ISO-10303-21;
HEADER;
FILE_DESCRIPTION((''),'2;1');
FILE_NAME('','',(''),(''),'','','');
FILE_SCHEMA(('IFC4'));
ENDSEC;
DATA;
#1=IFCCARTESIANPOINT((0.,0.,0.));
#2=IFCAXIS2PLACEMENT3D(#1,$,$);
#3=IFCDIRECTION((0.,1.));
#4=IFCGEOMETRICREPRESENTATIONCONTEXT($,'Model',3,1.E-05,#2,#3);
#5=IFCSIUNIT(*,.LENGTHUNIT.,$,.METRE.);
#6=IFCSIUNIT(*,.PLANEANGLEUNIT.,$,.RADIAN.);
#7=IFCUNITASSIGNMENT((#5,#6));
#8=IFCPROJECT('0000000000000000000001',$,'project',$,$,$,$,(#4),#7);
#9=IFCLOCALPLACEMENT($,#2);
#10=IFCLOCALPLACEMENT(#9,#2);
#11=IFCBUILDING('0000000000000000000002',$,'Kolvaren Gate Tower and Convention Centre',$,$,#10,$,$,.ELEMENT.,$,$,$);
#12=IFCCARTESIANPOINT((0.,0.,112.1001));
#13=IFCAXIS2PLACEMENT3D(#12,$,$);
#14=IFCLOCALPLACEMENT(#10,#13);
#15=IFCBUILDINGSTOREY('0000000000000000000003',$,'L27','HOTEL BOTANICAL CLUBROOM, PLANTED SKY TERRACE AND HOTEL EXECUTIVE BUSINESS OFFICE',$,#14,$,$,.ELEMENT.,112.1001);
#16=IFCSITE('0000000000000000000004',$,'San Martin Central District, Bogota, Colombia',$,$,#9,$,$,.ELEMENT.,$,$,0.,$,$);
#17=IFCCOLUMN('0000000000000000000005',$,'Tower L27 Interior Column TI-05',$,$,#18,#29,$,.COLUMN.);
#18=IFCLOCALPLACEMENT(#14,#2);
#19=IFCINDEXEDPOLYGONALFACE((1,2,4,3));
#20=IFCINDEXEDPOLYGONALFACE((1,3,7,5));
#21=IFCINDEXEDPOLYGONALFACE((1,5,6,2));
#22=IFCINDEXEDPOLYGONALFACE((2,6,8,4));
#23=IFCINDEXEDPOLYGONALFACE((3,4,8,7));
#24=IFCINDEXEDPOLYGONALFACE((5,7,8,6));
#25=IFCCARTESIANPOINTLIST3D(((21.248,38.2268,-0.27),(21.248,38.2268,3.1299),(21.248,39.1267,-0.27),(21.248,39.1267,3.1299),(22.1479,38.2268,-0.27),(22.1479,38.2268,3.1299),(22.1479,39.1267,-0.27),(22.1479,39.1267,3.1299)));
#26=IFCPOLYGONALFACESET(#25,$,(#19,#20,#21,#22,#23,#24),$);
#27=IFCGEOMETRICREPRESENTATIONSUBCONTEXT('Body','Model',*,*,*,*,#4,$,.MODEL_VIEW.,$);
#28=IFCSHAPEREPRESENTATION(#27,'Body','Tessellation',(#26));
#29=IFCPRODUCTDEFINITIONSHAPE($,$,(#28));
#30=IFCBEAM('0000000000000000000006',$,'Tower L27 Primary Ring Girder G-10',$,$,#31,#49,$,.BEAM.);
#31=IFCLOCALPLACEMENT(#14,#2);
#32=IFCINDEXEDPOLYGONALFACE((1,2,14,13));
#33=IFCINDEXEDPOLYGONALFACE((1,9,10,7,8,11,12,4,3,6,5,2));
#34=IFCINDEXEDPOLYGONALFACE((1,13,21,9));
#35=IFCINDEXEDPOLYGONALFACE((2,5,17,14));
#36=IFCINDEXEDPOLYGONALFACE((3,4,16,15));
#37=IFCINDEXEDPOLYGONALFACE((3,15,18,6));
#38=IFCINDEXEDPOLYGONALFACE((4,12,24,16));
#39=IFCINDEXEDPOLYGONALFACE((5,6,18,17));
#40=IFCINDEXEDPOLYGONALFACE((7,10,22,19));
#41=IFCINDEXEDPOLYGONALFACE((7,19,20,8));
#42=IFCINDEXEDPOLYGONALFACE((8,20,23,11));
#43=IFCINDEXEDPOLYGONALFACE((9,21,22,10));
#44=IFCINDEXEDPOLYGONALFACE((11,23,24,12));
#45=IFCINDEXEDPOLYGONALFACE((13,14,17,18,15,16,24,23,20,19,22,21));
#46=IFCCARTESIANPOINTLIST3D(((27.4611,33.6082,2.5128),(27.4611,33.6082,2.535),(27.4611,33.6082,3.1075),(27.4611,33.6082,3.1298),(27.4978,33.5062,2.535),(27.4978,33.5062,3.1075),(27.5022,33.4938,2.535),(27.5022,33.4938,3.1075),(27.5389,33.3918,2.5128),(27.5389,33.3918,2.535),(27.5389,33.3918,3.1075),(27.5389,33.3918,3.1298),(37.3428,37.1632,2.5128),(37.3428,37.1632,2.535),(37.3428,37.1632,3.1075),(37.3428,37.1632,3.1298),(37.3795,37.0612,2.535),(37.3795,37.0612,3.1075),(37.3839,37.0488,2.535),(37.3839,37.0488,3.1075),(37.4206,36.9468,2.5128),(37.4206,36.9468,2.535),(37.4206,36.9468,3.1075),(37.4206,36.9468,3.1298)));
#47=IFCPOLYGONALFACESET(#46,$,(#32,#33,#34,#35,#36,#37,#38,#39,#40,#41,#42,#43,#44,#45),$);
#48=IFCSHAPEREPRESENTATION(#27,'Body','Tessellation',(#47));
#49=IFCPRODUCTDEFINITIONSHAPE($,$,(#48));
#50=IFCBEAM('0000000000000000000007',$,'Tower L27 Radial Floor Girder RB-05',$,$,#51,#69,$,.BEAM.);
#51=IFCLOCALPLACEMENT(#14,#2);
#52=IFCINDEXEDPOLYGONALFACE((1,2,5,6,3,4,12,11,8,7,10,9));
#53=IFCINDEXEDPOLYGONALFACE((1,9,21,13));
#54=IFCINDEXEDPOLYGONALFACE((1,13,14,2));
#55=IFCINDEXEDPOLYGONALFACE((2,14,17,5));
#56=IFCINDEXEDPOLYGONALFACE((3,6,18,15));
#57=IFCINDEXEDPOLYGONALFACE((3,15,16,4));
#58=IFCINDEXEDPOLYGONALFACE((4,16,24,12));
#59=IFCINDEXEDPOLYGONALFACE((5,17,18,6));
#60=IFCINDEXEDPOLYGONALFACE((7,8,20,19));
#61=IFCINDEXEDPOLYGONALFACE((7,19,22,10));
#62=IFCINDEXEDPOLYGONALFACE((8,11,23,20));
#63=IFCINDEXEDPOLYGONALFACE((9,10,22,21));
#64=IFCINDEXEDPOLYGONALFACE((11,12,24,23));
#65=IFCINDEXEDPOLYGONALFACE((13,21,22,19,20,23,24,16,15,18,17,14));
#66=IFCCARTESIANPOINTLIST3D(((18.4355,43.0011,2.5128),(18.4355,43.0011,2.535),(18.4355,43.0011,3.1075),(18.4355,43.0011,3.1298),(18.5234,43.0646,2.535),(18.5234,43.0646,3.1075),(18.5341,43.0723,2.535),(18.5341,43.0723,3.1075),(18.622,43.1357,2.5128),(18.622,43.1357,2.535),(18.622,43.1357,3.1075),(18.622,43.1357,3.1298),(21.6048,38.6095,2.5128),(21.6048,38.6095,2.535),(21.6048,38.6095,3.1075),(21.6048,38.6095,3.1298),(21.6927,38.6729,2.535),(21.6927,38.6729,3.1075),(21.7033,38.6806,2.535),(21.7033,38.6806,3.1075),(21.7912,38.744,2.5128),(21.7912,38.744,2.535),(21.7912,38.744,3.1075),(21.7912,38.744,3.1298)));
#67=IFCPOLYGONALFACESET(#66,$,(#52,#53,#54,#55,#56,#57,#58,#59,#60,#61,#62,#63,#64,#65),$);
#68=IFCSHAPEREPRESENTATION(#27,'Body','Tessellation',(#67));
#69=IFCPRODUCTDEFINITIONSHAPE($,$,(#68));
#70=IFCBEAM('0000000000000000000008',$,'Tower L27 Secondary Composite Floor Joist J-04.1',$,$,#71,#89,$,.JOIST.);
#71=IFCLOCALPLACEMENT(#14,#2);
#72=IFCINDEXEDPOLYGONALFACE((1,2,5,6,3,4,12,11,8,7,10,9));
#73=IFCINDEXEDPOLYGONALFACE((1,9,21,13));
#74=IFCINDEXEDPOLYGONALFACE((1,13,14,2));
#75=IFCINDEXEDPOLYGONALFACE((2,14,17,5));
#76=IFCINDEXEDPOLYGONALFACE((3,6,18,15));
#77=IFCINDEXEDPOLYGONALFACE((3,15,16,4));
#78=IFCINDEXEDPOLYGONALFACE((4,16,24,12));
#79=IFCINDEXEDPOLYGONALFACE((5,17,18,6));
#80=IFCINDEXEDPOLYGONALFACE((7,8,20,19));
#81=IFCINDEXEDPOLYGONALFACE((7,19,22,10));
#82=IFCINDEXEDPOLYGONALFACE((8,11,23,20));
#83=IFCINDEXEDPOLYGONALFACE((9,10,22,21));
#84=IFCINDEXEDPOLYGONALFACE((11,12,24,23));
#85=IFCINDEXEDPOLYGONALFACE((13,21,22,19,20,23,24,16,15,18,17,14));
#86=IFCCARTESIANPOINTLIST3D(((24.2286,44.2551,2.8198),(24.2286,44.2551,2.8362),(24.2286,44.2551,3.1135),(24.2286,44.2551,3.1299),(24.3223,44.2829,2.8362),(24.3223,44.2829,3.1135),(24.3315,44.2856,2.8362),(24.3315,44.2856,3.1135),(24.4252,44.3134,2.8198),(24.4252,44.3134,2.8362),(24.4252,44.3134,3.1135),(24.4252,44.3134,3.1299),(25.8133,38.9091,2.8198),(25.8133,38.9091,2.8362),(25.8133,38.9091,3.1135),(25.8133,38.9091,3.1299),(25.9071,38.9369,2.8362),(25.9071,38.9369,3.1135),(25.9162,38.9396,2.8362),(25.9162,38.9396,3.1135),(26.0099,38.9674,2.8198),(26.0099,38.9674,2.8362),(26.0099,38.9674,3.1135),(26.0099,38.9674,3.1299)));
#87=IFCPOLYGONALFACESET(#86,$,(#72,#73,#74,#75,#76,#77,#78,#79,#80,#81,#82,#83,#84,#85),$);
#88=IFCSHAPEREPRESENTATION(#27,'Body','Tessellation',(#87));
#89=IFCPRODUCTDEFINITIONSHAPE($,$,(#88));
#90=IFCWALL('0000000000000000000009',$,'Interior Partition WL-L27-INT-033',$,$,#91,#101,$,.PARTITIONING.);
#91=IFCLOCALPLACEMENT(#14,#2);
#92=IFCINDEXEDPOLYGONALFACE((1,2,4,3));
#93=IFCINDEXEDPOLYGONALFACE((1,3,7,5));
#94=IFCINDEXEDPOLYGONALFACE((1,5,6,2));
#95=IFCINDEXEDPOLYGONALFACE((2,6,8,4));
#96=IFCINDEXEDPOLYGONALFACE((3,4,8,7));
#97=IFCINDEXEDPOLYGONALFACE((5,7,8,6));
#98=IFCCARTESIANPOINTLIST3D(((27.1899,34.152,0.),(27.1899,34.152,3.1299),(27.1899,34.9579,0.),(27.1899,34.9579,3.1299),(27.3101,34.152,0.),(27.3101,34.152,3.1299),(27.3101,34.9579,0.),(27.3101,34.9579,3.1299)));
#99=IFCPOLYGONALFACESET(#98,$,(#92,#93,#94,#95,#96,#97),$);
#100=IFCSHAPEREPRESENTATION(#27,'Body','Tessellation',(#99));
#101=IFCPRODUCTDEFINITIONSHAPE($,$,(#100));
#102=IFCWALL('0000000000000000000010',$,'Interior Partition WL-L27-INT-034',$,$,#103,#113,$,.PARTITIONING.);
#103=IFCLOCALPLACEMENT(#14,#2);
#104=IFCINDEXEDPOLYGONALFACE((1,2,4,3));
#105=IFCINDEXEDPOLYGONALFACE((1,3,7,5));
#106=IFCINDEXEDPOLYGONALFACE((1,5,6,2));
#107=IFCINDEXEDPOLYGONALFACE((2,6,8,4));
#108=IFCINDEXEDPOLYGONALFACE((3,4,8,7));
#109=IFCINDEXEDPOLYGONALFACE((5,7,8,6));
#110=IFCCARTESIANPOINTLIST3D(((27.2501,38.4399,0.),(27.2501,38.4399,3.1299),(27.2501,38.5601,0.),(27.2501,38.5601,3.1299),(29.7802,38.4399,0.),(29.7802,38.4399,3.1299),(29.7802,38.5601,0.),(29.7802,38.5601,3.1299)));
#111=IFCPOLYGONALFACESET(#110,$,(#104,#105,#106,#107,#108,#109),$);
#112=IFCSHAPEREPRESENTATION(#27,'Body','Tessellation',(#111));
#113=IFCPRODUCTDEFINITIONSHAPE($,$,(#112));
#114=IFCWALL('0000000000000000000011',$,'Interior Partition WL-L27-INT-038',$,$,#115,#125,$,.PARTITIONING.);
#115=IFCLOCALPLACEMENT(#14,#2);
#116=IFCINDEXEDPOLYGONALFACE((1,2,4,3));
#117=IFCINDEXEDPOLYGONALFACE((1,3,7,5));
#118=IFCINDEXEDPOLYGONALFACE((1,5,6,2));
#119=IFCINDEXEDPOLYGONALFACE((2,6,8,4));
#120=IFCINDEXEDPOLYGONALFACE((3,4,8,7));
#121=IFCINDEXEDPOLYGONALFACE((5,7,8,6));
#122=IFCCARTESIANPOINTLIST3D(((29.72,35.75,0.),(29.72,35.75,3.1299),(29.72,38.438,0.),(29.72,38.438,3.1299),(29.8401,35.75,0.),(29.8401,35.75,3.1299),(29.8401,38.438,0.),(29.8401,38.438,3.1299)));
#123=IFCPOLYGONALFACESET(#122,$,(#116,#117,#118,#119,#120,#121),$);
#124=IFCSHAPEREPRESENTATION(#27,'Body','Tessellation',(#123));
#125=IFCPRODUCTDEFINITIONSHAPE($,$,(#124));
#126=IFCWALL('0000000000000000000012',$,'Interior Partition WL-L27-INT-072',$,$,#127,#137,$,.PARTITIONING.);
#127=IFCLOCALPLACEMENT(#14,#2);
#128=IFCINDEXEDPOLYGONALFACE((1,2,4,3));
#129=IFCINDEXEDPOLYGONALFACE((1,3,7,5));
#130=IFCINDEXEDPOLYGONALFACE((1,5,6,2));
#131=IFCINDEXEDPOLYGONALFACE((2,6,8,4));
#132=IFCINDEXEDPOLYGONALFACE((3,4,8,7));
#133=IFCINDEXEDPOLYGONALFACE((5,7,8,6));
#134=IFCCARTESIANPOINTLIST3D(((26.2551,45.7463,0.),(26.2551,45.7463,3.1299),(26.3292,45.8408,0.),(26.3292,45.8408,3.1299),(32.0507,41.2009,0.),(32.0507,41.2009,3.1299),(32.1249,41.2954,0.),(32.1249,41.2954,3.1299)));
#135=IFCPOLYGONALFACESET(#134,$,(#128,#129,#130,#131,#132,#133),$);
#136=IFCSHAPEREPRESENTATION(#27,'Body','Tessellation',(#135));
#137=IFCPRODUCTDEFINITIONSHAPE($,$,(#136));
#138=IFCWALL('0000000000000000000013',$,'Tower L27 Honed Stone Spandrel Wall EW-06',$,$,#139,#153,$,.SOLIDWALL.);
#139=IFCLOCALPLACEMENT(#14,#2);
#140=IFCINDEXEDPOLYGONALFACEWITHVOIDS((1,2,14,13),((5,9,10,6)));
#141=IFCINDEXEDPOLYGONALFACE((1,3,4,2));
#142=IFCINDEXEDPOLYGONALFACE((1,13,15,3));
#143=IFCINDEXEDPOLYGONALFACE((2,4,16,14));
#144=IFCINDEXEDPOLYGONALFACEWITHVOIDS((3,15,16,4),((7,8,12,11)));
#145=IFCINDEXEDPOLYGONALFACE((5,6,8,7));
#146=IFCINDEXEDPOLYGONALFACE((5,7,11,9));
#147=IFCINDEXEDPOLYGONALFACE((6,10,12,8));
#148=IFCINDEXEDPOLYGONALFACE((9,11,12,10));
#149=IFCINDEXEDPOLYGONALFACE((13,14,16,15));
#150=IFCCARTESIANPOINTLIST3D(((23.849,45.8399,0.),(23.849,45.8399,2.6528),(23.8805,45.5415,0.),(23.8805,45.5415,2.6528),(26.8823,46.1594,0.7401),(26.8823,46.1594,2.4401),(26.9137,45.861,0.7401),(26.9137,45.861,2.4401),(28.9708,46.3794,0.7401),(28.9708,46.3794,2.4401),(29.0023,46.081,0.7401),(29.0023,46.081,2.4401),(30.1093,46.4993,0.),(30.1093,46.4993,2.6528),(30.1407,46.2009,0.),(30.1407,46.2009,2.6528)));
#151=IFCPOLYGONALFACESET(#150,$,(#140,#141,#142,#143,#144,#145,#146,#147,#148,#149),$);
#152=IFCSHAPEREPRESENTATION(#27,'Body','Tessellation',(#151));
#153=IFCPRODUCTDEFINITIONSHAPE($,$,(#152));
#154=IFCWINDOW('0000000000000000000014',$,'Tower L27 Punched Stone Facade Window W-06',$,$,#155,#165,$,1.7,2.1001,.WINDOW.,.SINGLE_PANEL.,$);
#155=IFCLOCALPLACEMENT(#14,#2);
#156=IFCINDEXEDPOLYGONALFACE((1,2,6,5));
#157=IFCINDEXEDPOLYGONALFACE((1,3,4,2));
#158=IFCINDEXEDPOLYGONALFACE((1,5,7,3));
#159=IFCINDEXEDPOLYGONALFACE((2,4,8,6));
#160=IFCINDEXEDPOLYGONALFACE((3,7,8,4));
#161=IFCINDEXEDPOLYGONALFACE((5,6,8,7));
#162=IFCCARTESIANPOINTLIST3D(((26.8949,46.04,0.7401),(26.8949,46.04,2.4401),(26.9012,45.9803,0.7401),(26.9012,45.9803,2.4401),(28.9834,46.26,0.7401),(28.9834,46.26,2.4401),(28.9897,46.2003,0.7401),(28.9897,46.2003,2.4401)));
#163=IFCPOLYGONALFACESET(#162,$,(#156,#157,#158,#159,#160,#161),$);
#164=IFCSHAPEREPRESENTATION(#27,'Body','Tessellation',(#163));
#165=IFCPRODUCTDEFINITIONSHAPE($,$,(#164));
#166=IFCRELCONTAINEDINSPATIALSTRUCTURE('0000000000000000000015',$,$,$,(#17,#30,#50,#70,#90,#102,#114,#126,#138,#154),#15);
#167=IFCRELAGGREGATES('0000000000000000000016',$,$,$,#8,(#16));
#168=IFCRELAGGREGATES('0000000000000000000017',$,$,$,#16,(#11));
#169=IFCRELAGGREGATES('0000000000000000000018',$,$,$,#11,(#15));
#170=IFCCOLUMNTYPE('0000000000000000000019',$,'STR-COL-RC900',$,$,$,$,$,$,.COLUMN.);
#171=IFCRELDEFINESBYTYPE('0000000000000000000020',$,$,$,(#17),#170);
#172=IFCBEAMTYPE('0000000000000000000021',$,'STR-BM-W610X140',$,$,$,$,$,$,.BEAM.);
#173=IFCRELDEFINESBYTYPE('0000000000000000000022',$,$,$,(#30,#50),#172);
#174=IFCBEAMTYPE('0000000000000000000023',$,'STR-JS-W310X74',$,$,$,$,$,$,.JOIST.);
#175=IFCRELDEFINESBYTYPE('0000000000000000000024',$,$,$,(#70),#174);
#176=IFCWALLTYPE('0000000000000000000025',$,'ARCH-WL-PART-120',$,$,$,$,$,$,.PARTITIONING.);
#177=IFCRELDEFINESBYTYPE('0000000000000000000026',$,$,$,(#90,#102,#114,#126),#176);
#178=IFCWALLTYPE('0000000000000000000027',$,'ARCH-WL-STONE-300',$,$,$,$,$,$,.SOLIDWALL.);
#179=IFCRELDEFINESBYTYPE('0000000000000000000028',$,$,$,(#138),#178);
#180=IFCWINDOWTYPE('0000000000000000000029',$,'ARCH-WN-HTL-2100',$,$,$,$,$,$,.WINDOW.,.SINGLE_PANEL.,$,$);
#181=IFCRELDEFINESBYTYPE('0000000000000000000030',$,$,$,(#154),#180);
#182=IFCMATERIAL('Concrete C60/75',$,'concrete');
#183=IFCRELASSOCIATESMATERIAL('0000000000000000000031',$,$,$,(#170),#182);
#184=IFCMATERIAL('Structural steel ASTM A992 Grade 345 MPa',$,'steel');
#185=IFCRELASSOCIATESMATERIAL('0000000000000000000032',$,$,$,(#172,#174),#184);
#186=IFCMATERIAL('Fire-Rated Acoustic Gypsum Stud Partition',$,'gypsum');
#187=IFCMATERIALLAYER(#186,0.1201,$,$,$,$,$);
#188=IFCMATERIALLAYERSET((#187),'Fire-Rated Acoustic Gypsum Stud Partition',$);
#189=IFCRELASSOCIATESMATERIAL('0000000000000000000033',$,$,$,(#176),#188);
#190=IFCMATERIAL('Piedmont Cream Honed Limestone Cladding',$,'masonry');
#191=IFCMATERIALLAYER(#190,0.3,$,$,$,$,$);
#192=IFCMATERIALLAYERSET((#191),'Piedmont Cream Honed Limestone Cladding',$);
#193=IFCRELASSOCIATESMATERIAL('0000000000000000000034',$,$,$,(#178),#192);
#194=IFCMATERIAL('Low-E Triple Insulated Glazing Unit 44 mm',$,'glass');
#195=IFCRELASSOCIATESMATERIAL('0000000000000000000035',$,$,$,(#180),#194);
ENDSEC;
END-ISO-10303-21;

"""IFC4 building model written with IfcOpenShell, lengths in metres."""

from ifc_helpers import new_model, si_unit, direction, frame, frame_2d, origin, origin_2d, place, context, subcontext, project, spatial, rectangle, i_section, extrude, material, layer, layer_set, material_profile, profile_set, type_object, element, fill, save


model = new_model("IFC4")

# Units and contexts
model_context = context("Model", 3, precision=1e-05, world=origin(), true_north=direction((0.0, 1.0)))
body_context = subcontext(model_context, "Body", "Model", "MODEL_VIEW")
ifc_project = project(units=[si_unit("LENGTHUNIT", "METRE"), si_unit("PLANEANGLEUNIT", "RADIAN")], contexts=[model_context])

# Site, building, storey
site_placement = place(None, origin())
site = spatial("IfcSite", under=ifc_project, at=site_placement, Name="San Martin Central District, Bogota, Colombia", CompositionType="ELEMENT", RefElevation=0.0)
building_placement = place(site_placement, origin())
building = spatial("IfcBuilding", under=site, at=building_placement, Name="Kolvaren Gate Tower and Convention Centre", CompositionType="ELEMENT")
storey_placement = place(building_placement, frame((0.0, 0.0, 112.1001)))
storey = spatial("IfcBuildingStorey", under=building, at=storey_placement, Name="L27", Description="HOTEL BOTANICAL CLUBROOM, PLANTED SKY TERRACE AND HOTEL EXECUTIVE BUSINESS OFFICE", CompositionType="ELEMENT", Elevation=112.1001)

# Column
ifc_material_1 = material(Name="Concrete C60/75", Category="concrete")
ifc_material_profile_1 = material_profile(ifc_material_1, rectangle(XDim=0.8999, YDim=0.8999, at=origin_2d()), Name="RC-COL-900X900")
ifc_profile_set_1 = profile_set([ifc_material_profile_1], Name="Concrete C60/75")
column_type = type_object("IfcColumnType", Name="STR-COL-RC900", PredefinedType="COLUMN", material=ifc_profile_set_1)
column_placement = place(storey_placement, frame((21.698, 38.6768, -0.27), z_axis=(0.0, 0.0, 1.0), x_axis=(1.0, 0.0, 0.0)))
element("IfcColumn", 1, at=column_placement, inside=storey, type_object=column_type, Name="Tower L27 Interior Column TI-05", PredefinedType="COLUMN", context=body_context, shape_type="SweptSolid", body=[
    extrude(rectangle(XDim=0.8999, YDim=0.8999, at=origin_2d()), origin(), (0.0, 0.0, 1.0), 3.3999),
])

# Beams
ifc_material_2 = material(Name="Structural steel ASTM A992 Grade 345 MPa", Category="steel")
ifc_material_profile_2 = material_profile(ifc_material_2, i_section(OverallWidth=0.23, OverallDepth=0.6169, WebThickness=0.0132, FlangeThickness=0.0222, at=origin_2d()), Name="W610X140")
ifc_profile_set_2 = profile_set([ifc_material_profile_2], Name="Structural steel ASTM A992 Grade 345 MPa")
beam_type_1 = type_object("IfcBeamType", Name="STR-BM-W610X140", PredefinedType="BEAM", material=ifc_profile_set_2)
beam_1_placement = place(storey_placement, frame((27.5, 33.5, 2.8213), z_axis=(0.940961, 0.338514, 0.0), x_axis=(-0.338514, 0.940961, 0.0)))
element("IfcBeam", 2, at=beam_1_placement, inside=storey, type_object=beam_type_1, Name="Tower L27 Primary Ring Girder G-10", PredefinedType="BEAM", context=body_context, shape_type="SweptSolid", body=[
    extrude(i_section(OverallWidth=0.23, OverallDepth=0.6169, WebThickness=0.0132, FlangeThickness=0.0222, at=origin_2d()), origin(), (0.0, 0.0, 1.0), 10.5017),
])
beam_2_placement = place(storey_placement, frame((21.698, 38.6768, 2.8213), z_axis=(-0.585184, 0.8109, 0.0), x_axis=(-0.8109, -0.585184, 0.0)))
element("IfcBeam", 3, at=beam_2_placement, inside=storey, type_object=beam_type_1, Name="Tower L27 Radial Floor Girder RB-05", PredefinedType="BEAM", context=body_context, shape_type="SweptSolid", body=[
    extrude(i_section(OverallWidth=0.23, OverallDepth=0.6169, WebThickness=0.0132, FlangeThickness=0.0222, at=origin_2d()), origin(), (0.0, 0.0, 1.0), 5.4158),
])
ifc_material_profile_3 = material_profile(ifc_material_2, i_section(OverallWidth=0.2051, OverallDepth=0.3101, WebThickness=0.0095, FlangeThickness=0.0164, at=origin_2d()), Name="W310X74")
ifc_profile_set_3 = profile_set([ifc_material_profile_3], Name="Structural steel ASTM A992 Grade 345 MPa")
beam_type_2 = type_object("IfcBeamType", Name="STR-JS-W310X74", PredefinedType="JOIST", material=ifc_profile_set_3)
beam_3_placement = place(storey_placement, frame((25.9116, 38.9382, 2.9749), z_axis=(-0.284209, 0.958762, 0.0), x_axis=(-0.958762, -0.284209, 0.0)))
element("IfcBeam", 4, at=beam_3_placement, inside=storey, type_object=beam_type_2, Name="Tower L27 Secondary Composite Floor Joist J-04.1", PredefinedType="JOIST", context=body_context, shape_type="SweptSolid", body=[
    extrude(i_section(OverallWidth=0.2051, OverallDepth=0.3101, WebThickness=0.0095, FlangeThickness=0.0164, at=origin_2d()), origin(), (0.0, 0.0, 1.0), 5.5759),
])

# Walls
ifc_material_3 = material(Name="Fire-Rated Acoustic Gypsum Stud Partition", Category="gypsum")
ifc_layer_1 = layer(ifc_material_3, 0.1201)
ifc_layer_set_1 = layer_set([ifc_layer_1], Name="Fire-Rated Acoustic Gypsum Stud Partition")
wall_type_1 = type_object("IfcWallType", Name="ARCH-WL-PART-120", PredefinedType="PARTITIONING", material=ifc_layer_set_1)
wall_1_placement = place(storey_placement, frame((27.25, 34.1521, 0.0), z_axis=(0.0, 0.0, 1.0), x_axis=(0.0, 1.0, 0.0)))
element("IfcWall", 5, at=wall_1_placement, inside=storey, type_object=wall_type_1, Name="Interior Partition WL-L27-INT-033", PredefinedType="PARTITIONING", context=body_context, shape_type="SweptSolid", body=[
    extrude(rectangle(XDim=0.8059, YDim=0.1201, at=frame_2d((0.4028, 0.0))), origin(), (0.0, 0.0, 1.0), 3.1299),
])
wall_2_placement = place(storey_placement, frame((27.25, 38.5, 0.0), z_axis=(0.0, 0.0, 1.0), x_axis=(1.0, 0.0, 0.0)))
element("IfcWall", 6, at=wall_2_placement, inside=storey, type_object=wall_type_1, Name="Interior Partition WL-L27-INT-034", PredefinedType="PARTITIONING", context=body_context, shape_type="SweptSolid", body=[
    extrude(rectangle(XDim=2.53, YDim=0.1201, at=frame_2d((1.2651, 0.0))), origin(), (0.0, 0.0, 1.0), 3.1299),
])
wall_3_placement = place(storey_placement, frame((29.78, 35.75, 0.0), z_axis=(0.0, 0.0, 1.0), x_axis=(0.0, 1.0, 0.0)))
element("IfcWall", 7, at=wall_3_placement, inside=storey, type_object=wall_type_1, Name="Interior Partition WL-L27-INT-038", PredefinedType="PARTITIONING", context=body_context, shape_type="SweptSolid", body=[
    extrude(rectangle(XDim=2.688, YDim=0.1201, at=frame_2d((1.344, 0.0))), origin(), (0.0, 0.0, 1.0), 3.1299),
])
wall_4_placement = place(storey_placement, frame((26.2922, 45.7935, 0.0), z_axis=(0.0, 0.0, 1.0), x_axis=(0.786867, -0.617123, 0.0)))
element("IfcWall", 8, at=wall_4_placement, inside=storey, type_object=wall_type_1, Name="Interior Partition WL-L27-INT-072", PredefinedType="PARTITIONING", context=body_context, shape_type="SweptSolid", body=[
    extrude(rectangle(XDim=7.3655, YDim=0.1201, at=frame_2d((3.6826, 0.0))), origin(), (0.0, 0.0, 1.0), 3.1299),
])

# Wall, opening, window
ifc_material_4 = material(Name="Piedmont Cream Honed Limestone Cladding", Category="masonry")
ifc_layer_2 = layer(ifc_material_4, 0.3)
ifc_layer_set_2 = layer_set([ifc_layer_2], Name="Piedmont Cream Honed Limestone Cladding")
wall_type_2 = type_object("IfcWallType", Name="ARCH-WL-STONE-300", PredefinedType="SOLIDWALL", material=ifc_layer_set_2)
wall_5_placement = place(storey_placement, frame((23.8647, 45.6907, 0.0), z_axis=(0.0, 0.0, 1.0), x_axis=(0.994498, 0.104755, 0.0)))
wall_5 = element("IfcWall", 9, at=wall_5_placement, inside=storey, type_object=wall_type_2, Name="Tower L27 Honed Stone Spandrel Wall EW-06", PredefinedType="SOLIDWALL", context=body_context, shape_type="SweptSolid", body=[
    extrude(rectangle(XDim=6.2949, YDim=0.3, at=frame_2d((3.1475, 0.0))), origin(), (0.0, 0.0, 1.0), 2.6528),
])
opening_1_placement = place(wall_5_placement, frame((3.05, 0.0, 0.74)))
opening_1 = element("IfcOpeningElement", 10, at=opening_1_placement, cuts=wall_5, PredefinedType="OPENING", context=body_context, shape_type="SweptSolid", body=[
    extrude(rectangle(XDim=2.1001, YDim=1.7, at=frame_2d((1.05, 0.8501))), frame((0.0, 0.1599, 0.0), z_axis=(0.0, -1.0, 0.0), x_axis=(1.0, 0.0, 0.0)), (0.0, 0.0, 1.0), 0.3201),
])
ifc_material_5 = material(Name="Low-E Triple Insulated Glazing Unit 44 mm", Category="glass")
window_type = type_object("IfcWindowType", Name="ARCH-WN-HTL-2100", PartitioningType="SINGLE_PANEL", PredefinedType="WINDOW", material=ifc_material_5)
window_placement = place(opening_1_placement, origin())
window = element("IfcWindow", 11, at=window_placement, inside=storey, type_object=window_type, Name="Tower L27 Punched Stone Facade Window W-06", OverallHeight=1.7, OverallWidth=2.1001, PartitioningType="SINGLE_PANEL", PredefinedType="WINDOW", context=body_context, shape_type="SweptSolid", body=[
    extrude(rectangle(XDim=2.1001, YDim=1.7, at=frame_2d((1.05, 0.8501))), frame((0.0, 0.03, 0.0), z_axis=(0.0, -1.0, 0.0), x_axis=(1.0, 0.0, 0.0)), (0.0, 0.0, 1.0), 0.0601),
])
fill(opening_1, window)

save(model, "model.ifc")
